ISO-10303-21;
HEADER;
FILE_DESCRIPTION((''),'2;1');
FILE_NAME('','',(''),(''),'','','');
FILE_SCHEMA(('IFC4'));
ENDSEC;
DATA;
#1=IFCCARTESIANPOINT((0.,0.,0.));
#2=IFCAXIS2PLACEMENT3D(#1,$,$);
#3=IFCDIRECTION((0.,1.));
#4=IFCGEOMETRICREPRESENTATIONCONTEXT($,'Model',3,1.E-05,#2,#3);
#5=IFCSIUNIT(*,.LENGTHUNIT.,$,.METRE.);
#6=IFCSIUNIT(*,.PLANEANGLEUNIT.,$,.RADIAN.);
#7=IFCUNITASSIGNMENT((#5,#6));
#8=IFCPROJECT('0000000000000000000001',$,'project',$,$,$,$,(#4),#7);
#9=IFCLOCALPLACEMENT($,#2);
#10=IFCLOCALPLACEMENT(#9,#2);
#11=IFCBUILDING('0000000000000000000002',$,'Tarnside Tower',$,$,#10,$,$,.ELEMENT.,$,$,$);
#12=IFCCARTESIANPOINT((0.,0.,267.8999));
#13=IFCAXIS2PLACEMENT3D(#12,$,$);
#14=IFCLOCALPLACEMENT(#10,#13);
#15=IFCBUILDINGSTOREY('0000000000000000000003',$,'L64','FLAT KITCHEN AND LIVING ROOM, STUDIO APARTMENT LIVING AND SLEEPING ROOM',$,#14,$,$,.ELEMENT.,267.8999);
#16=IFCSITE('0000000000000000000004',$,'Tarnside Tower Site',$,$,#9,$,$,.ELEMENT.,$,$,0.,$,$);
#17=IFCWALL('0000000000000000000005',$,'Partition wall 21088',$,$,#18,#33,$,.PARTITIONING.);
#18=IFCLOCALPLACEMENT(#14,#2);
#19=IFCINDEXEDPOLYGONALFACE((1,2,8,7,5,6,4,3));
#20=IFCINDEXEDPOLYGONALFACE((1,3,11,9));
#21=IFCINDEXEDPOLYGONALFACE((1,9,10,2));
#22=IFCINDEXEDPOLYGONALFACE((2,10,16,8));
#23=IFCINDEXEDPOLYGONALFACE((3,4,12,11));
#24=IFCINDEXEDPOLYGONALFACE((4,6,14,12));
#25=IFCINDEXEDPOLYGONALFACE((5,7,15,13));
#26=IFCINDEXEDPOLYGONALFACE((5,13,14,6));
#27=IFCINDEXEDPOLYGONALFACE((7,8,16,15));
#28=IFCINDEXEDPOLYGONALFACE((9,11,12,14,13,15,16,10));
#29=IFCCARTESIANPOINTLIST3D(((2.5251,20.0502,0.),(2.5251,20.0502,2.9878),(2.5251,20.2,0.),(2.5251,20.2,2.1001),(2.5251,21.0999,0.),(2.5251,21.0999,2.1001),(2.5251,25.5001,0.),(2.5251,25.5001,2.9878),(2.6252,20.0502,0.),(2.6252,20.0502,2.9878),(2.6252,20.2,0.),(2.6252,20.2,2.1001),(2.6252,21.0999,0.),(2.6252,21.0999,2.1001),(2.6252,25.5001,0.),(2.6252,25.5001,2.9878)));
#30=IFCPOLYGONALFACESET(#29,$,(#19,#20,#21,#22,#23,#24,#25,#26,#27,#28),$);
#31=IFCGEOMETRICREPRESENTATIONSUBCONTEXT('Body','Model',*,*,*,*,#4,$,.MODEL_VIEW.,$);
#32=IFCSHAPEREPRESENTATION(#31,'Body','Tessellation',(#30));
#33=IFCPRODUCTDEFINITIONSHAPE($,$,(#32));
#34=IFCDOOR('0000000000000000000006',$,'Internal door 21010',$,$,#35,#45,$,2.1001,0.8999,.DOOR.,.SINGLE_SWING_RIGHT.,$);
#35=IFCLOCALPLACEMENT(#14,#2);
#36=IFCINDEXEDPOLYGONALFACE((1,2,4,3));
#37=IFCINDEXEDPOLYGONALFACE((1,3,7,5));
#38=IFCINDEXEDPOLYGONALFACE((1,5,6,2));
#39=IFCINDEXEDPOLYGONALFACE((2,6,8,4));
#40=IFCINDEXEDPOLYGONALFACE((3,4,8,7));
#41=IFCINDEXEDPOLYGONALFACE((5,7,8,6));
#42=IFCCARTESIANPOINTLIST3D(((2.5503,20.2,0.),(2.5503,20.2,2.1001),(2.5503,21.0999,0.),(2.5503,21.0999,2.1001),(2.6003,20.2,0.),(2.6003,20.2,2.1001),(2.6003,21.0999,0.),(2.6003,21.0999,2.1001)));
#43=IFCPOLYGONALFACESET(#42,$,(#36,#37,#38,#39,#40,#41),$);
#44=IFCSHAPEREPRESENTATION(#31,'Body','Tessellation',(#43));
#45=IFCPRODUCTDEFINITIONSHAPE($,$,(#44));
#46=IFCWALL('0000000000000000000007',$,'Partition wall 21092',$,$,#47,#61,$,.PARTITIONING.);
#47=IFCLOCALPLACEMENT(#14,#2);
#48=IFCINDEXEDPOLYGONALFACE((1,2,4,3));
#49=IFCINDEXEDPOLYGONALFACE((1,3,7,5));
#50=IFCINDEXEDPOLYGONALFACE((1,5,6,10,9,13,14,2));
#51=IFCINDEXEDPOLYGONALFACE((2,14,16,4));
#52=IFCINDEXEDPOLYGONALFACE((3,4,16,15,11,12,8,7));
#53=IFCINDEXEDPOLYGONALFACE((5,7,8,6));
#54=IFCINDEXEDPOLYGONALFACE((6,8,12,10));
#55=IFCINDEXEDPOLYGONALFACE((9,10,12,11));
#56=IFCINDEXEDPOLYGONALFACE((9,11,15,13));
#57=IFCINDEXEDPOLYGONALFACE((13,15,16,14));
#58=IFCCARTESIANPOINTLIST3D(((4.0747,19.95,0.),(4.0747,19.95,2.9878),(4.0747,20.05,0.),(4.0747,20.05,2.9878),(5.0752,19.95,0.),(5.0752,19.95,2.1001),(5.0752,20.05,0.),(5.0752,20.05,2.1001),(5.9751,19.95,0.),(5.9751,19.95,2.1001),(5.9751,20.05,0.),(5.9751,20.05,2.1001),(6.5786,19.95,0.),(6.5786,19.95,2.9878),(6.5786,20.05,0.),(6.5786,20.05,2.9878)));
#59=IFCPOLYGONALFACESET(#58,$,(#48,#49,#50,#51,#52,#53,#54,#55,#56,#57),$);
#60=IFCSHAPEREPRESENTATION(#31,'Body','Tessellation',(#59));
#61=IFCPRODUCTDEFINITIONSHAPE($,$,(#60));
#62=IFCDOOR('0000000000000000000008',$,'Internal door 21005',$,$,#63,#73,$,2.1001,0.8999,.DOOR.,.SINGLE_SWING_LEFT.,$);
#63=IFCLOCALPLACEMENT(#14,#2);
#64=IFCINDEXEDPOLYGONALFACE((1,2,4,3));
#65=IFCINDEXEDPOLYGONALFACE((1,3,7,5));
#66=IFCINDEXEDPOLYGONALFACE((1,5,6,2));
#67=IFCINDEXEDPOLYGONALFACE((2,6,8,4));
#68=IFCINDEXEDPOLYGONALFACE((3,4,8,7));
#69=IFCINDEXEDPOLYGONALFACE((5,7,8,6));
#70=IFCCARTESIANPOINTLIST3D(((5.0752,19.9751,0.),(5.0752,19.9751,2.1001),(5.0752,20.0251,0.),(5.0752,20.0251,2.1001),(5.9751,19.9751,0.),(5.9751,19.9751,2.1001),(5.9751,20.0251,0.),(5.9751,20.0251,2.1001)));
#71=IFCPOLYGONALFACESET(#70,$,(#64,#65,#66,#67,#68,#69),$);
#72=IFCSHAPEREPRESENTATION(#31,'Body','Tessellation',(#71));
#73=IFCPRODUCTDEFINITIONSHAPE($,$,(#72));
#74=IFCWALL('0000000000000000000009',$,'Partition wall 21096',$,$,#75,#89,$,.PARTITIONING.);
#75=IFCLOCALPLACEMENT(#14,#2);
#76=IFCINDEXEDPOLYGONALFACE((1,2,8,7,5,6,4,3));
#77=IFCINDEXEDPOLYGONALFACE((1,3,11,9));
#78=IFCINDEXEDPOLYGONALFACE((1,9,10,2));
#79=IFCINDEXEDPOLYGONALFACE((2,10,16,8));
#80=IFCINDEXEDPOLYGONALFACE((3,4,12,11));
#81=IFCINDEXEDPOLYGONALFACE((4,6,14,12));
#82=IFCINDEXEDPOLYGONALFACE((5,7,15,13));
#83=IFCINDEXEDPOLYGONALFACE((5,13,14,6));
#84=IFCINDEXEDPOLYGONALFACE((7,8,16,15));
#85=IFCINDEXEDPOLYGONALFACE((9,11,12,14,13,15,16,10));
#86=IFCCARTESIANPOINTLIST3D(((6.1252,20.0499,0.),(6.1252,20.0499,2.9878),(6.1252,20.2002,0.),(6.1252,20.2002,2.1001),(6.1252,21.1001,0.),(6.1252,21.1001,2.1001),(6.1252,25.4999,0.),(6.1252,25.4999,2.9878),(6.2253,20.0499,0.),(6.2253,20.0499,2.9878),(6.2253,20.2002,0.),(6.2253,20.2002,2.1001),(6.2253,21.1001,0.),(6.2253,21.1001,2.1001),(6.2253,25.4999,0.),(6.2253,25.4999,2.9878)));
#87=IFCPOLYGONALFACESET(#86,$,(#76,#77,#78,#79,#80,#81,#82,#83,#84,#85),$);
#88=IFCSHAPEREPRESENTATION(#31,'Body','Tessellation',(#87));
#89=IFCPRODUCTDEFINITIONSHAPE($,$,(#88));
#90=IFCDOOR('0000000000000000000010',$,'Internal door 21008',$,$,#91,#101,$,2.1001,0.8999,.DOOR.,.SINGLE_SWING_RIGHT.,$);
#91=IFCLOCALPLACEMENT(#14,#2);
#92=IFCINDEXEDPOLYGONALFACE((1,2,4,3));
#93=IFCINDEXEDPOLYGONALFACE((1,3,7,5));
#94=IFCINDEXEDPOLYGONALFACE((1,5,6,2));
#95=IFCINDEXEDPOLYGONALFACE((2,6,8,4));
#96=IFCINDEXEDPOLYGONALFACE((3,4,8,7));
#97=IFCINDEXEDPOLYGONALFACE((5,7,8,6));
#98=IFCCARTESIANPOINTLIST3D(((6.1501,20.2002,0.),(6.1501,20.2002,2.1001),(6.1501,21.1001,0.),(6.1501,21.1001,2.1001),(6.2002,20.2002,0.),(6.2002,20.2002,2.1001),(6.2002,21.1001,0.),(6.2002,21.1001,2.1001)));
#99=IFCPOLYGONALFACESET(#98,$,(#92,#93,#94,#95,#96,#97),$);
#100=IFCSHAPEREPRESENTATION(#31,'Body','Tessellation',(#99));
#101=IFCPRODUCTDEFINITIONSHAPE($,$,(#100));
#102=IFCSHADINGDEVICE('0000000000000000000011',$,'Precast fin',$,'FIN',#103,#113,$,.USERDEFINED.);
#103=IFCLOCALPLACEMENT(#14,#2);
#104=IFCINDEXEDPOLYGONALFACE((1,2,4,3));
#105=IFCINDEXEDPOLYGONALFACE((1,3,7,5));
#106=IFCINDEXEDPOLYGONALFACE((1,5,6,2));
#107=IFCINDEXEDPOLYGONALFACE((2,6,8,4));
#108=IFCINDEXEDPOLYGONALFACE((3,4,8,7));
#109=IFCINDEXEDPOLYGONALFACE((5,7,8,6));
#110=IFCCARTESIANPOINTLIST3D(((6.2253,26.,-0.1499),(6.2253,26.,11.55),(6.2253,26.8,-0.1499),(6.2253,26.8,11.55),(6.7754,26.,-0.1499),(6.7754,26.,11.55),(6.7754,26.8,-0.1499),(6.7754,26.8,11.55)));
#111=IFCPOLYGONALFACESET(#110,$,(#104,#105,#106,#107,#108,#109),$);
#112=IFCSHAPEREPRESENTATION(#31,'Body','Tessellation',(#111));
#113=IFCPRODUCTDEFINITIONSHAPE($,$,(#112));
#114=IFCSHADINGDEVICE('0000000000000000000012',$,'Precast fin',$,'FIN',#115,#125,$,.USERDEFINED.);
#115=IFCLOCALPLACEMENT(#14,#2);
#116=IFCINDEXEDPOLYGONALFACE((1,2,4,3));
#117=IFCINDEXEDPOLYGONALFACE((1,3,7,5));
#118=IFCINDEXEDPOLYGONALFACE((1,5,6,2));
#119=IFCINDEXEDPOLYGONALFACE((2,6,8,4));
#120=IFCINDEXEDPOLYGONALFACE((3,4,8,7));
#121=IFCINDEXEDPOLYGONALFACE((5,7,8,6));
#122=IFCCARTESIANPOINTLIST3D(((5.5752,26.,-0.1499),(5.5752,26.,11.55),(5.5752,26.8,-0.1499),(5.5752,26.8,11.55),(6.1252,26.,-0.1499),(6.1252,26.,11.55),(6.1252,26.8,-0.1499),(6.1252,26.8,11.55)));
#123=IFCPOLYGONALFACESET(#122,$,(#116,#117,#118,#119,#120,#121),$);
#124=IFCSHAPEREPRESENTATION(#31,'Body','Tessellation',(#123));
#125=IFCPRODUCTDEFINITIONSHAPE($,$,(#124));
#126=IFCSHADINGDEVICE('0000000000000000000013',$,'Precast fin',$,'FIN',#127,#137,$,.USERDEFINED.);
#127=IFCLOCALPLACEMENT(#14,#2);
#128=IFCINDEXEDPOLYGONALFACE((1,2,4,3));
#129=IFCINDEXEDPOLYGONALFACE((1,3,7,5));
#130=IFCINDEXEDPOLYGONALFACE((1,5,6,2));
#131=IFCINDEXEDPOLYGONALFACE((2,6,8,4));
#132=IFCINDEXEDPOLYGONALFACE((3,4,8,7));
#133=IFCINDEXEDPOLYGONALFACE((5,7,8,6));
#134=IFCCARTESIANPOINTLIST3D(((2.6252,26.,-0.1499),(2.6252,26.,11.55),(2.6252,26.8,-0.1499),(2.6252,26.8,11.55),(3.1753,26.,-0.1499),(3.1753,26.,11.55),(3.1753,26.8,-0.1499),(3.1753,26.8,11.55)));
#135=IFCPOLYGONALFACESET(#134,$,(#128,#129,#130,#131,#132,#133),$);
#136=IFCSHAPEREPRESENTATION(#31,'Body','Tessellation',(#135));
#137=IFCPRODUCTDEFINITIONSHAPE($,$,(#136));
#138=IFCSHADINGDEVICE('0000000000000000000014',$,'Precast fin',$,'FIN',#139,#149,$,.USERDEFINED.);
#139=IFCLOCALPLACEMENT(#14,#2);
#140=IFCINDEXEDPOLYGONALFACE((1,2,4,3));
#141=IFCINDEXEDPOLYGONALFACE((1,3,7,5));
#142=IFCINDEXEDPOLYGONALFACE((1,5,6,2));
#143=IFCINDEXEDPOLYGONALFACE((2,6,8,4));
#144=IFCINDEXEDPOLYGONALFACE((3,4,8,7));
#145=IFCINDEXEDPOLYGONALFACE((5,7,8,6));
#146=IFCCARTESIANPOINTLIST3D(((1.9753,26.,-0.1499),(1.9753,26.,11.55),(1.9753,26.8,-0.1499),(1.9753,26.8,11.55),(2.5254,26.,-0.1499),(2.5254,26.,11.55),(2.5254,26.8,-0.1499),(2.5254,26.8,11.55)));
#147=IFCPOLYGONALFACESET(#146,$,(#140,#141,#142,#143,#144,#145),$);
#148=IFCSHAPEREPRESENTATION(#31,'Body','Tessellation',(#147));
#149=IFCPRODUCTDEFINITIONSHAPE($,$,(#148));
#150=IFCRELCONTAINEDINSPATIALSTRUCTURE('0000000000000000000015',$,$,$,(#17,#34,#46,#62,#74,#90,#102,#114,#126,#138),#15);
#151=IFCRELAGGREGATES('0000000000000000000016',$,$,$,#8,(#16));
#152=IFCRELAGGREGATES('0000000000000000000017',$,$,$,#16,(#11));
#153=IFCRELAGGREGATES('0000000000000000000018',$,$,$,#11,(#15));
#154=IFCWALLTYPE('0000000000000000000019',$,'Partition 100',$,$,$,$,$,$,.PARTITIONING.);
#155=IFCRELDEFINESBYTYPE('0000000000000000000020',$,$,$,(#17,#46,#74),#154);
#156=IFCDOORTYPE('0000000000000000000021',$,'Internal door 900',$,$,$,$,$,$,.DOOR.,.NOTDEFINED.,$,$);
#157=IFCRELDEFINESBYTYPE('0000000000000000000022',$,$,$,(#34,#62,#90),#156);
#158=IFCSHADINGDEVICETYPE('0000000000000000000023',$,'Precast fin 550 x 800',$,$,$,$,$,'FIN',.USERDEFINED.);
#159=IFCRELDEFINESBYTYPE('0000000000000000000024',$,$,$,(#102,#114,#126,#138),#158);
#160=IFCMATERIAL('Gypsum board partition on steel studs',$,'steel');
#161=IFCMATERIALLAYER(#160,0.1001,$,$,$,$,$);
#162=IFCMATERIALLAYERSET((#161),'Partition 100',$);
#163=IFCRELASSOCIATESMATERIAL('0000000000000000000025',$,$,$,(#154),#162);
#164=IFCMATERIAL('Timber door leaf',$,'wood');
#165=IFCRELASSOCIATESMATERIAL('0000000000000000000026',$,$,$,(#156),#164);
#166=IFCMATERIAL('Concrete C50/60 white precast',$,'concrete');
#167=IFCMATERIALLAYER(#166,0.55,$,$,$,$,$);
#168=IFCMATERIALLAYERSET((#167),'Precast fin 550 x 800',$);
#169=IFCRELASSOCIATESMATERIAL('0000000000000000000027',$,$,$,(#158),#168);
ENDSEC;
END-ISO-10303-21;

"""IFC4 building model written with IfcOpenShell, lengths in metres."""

from ifc_helpers import new_model, si_unit, direction, frame, frame_2d, origin, place, context, subcontext, project, spatial, polyline, rectangle, outline, extrude, material, layer, layer_set, type_object, element, fill, save


model = new_model("IFC4")

# Units and contexts
model_context = context("Model", 3, precision=1e-05, world=origin(), true_north=direction((0.0, 1.0)))
body_context = subcontext(model_context, "Body", "Model", "MODEL_VIEW")
ifc_project = project(units=[si_unit("LENGTHUNIT", "METRE"), si_unit("PLANEANGLEUNIT", "RADIAN")], contexts=[model_context])

# Site, building, storey
site_placement = place(None, origin())
site = spatial("IfcSite", under=ifc_project, at=site_placement, Name="Tarnside Tower Site", CompositionType="ELEMENT", RefElevation=0.0)
building_placement = place(site_placement, origin())
building = spatial("IfcBuilding", under=site, at=building_placement, Name="Tarnside Tower", CompositionType="ELEMENT")
storey_placement = place(building_placement, frame((0.0, 0.0, 267.8999)))
storey = spatial("IfcBuildingStorey", under=building, at=storey_placement, Name="L64", Description="FLAT KITCHEN AND LIVING ROOM, STUDIO APARTMENT LIVING AND SLEEPING ROOM", CompositionType="ELEMENT", Elevation=267.8999)

# Shared definitions
ifc_material_1 = material(Name="Gypsum board partition on steel studs", Category="steel")

# Shared definitions
ifc_material_2 = material(Name="Timber door leaf", Category="wood")

# Walls, openings, doors
ifc_layer_1 = layer(ifc_material_1, 0.1001)
ifc_layer_set_1 = layer_set([ifc_layer_1], Name="Partition 100")
wall_type_1 = type_object("IfcWallType", Name="Partition 100", PredefinedType="PARTITIONING", material=ifc_layer_set_1)
wall_1_placement = place(storey_placement, frame((2.5752, 20.05, 0.0), z_axis=(0.0, 0.0, 1.0), x_axis=(0.0, 1.0, 0.0)))
wall_1 = element("IfcWall", 1, at=wall_1_placement, inside=storey, type_object=wall_type_1, Name="Partition wall 21088", PredefinedType="PARTITIONING", context=body_context, shape_type="SweptSolid", body=[
    extrude(rectangle(XDim=5.45, YDim=0.1001, at=frame_2d((2.7251, 0.0))), origin(), (0.0, 0.0, 1.0), 2.9878),
])
opening_1_placement = place(wall_1_placement, frame((0.1499, 0.0, 0.0)))
opening_1 = element("IfcOpeningElement", 2, at=opening_1_placement, cuts=wall_1, PredefinedType="OPENING", context=body_context, shape_type="SweptSolid", body=[
    extrude(rectangle(XDim=0.8999, YDim=2.1001, at=frame_2d((0.45, 1.05))), frame((0.0, 0.0601, 0.0), z_axis=(0.0, -1.0, 0.0), x_axis=(1.0, 0.0, 0.0)), (0.0, 0.0, 1.0), 0.1201),
])
door_type_1 = type_object("IfcDoorType", Name="Internal door 900", OperationType="NOTDEFINED", PredefinedType="DOOR", material=ifc_material_2)
door_1_placement = place(opening_1_placement, origin())
door_1 = element("IfcDoor", 3, at=door_1_placement, inside=storey, type_object=door_type_1, Name="Internal door 21010", OperationType="SINGLE_SWING_RIGHT", OverallHeight=2.1001, OverallWidth=0.8999, PredefinedType="DOOR", context=body_context, shape_type="SweptSolid", body=[
    extrude(rectangle(XDim=0.8999, YDim=2.1001, at=frame_2d((0.45, 1.05))), frame((0.0, 0.0249, 0.0), z_axis=(0.0, -1.0, 0.0), x_axis=(1.0, 0.0, 0.0)), (0.0, 0.0, 1.0), 0.05),
])
fill(opening_1, door_1)
wall_2_placement = place(storey_placement, frame((6.5786, 20.0, 0.0), z_axis=(0.0, 0.0, 1.0), x_axis=(-1.0, 0.0, 0.0)))
wall_2 = element("IfcWall", 4, at=wall_2_placement, inside=storey, type_object=wall_type_1, Name="Partition wall 21092", PredefinedType="PARTITIONING", context=body_context, shape_type="SweptSolid", body=[
    extrude(rectangle(XDim=2.5039, YDim=0.1001, at=frame_2d((1.252, 0.0))), origin(), (0.0, 0.0, 1.0), 2.9878),
])
opening_2_placement = place(wall_2_placement, frame((0.6035, 0.0, 0.0)))
opening_2 = element("IfcOpeningElement", 5, at=opening_2_placement, cuts=wall_2, PredefinedType="OPENING", context=body_context, shape_type="SweptSolid", body=[
    extrude(rectangle(XDim=0.8999, YDim=2.1001, at=frame_2d((0.45, 1.05))), frame((0.0, 0.0601, 0.0), z_axis=(0.0, -1.0, 0.0), x_axis=(1.0, 0.0, 0.0)), (0.0, 0.0, 1.0), 0.1201),
])
door_2_placement = place(opening_2_placement, origin())
door_2 = element("IfcDoor", 6, at=door_2_placement, inside=storey, type_object=door_type_1, Name="Internal door 21005", OperationType="SINGLE_SWING_LEFT", OverallHeight=2.1001, OverallWidth=0.8999, PredefinedType="DOOR", context=body_context, shape_type="SweptSolid", body=[
    extrude(rectangle(XDim=0.8999, YDim=2.1001, at=frame_2d((0.45, 1.05))), frame((0.0, 0.0249, 0.0), z_axis=(0.0, -1.0, 0.0), x_axis=(1.0, 0.0, 0.0)), (0.0, 0.0, 1.0), 0.05),
])
fill(opening_2, door_2)
wall_3_placement = place(storey_placement, frame((6.1753, 25.5, 0.0), z_axis=(0.0, 0.0, 1.0), x_axis=(0.0, -1.0, 0.0)))
wall_3 = element("IfcWall", 7, at=wall_3_placement, inside=storey, type_object=wall_type_1, Name="Partition wall 21096", PredefinedType="PARTITIONING", context=body_context, shape_type="SweptSolid", body=[
    extrude(rectangle(XDim=5.45, YDim=0.1001, at=frame_2d((2.7251, 0.0))), origin(), (0.0, 0.0, 1.0), 2.9878),
])
opening_3_placement = place(wall_3_placement, frame((4.3999, 0.0, 0.0)))
opening_3 = element("IfcOpeningElement", 8, at=opening_3_placement, cuts=wall_3, PredefinedType="OPENING", context=body_context, shape_type="SweptSolid", body=[
    extrude(rectangle(XDim=0.8999, YDim=2.1001, at=frame_2d((0.45, 1.05))), frame((0.0, 0.0601, 0.0), z_axis=(0.0, -1.0, 0.0), x_axis=(1.0, 0.0, 0.0)), (0.0, 0.0, 1.0), 0.1201),
])
door_3_placement = place(opening_3_placement, origin())
door_3 = element("IfcDoor", 9, at=door_3_placement, inside=storey, type_object=door_type_1, Name="Internal door 21008", OperationType="SINGLE_SWING_RIGHT", OverallHeight=2.1001, OverallWidth=0.8999, PredefinedType="DOOR", context=body_context, shape_type="SweptSolid", body=[
    extrude(rectangle(XDim=0.8999, YDim=2.1001, at=frame_2d((0.45, 1.05))), frame((0.0, 0.0249, 0.0), z_axis=(0.0, -1.0, 0.0), x_axis=(1.0, 0.0, 0.0)), (0.0, 0.0, 1.0), 0.05),
])
fill(opening_3, door_3)

# Shading devices
ifc_material_3 = material(Name="Concrete C50/60 white precast", Category="concrete")
ifc_layer_2 = layer(ifc_material_3, 0.55)
ifc_layer_set_2 = layer_set([ifc_layer_2], Name="Precast fin 550 x 800")
shading_device_type = type_object("IfcShadingDeviceType", Name="Precast fin 550 x 800", ElementType="FIN", PredefinedType="USERDEFINED", material=ifc_layer_set_2)
for number, where, z_axis, x_axis, name in (
    (10, (6.5002, 26.0, -0.1499), (1.0, 0.0, 0.0), (0.0, 1.0, 0.0), "Precast fin"),
    (11, (5.8501, 26.0, -0.1499), (1.0, 0.0, 0.0), (0.0, 1.0, 0.0), "Precast fin"),
    (12, (2.9001, 26.0, -0.1499), (1.0, 0.0, 0.0), (0.0, 1.0, 0.0), "Precast fin"),
    (13, (2.2502, 26.0, -0.1499), (1.0, 0.0, 0.0), (0.0, 1.0, 0.0), "Precast fin"),
):
    element("IfcShadingDevice", number, at=place(storey_placement, frame(where, z_axis=z_axis, x_axis=x_axis)), inside=storey, type_object=shading_device_type, Name=name, ObjectType="FIN", PredefinedType="USERDEFINED", context=body_context, shape_type="SweptSolid", body=[
        extrude(outline(polyline([(0.0, 0.0), (0.8, 0.0), (0.8, 11.7), (0.0, 11.7), (0.0, 0.0)])), frame((0.0, 0.0, -0.2749)), (0.0, 0.0, 1.0), 0.55),
    ])

save(model, "model.ifc")
